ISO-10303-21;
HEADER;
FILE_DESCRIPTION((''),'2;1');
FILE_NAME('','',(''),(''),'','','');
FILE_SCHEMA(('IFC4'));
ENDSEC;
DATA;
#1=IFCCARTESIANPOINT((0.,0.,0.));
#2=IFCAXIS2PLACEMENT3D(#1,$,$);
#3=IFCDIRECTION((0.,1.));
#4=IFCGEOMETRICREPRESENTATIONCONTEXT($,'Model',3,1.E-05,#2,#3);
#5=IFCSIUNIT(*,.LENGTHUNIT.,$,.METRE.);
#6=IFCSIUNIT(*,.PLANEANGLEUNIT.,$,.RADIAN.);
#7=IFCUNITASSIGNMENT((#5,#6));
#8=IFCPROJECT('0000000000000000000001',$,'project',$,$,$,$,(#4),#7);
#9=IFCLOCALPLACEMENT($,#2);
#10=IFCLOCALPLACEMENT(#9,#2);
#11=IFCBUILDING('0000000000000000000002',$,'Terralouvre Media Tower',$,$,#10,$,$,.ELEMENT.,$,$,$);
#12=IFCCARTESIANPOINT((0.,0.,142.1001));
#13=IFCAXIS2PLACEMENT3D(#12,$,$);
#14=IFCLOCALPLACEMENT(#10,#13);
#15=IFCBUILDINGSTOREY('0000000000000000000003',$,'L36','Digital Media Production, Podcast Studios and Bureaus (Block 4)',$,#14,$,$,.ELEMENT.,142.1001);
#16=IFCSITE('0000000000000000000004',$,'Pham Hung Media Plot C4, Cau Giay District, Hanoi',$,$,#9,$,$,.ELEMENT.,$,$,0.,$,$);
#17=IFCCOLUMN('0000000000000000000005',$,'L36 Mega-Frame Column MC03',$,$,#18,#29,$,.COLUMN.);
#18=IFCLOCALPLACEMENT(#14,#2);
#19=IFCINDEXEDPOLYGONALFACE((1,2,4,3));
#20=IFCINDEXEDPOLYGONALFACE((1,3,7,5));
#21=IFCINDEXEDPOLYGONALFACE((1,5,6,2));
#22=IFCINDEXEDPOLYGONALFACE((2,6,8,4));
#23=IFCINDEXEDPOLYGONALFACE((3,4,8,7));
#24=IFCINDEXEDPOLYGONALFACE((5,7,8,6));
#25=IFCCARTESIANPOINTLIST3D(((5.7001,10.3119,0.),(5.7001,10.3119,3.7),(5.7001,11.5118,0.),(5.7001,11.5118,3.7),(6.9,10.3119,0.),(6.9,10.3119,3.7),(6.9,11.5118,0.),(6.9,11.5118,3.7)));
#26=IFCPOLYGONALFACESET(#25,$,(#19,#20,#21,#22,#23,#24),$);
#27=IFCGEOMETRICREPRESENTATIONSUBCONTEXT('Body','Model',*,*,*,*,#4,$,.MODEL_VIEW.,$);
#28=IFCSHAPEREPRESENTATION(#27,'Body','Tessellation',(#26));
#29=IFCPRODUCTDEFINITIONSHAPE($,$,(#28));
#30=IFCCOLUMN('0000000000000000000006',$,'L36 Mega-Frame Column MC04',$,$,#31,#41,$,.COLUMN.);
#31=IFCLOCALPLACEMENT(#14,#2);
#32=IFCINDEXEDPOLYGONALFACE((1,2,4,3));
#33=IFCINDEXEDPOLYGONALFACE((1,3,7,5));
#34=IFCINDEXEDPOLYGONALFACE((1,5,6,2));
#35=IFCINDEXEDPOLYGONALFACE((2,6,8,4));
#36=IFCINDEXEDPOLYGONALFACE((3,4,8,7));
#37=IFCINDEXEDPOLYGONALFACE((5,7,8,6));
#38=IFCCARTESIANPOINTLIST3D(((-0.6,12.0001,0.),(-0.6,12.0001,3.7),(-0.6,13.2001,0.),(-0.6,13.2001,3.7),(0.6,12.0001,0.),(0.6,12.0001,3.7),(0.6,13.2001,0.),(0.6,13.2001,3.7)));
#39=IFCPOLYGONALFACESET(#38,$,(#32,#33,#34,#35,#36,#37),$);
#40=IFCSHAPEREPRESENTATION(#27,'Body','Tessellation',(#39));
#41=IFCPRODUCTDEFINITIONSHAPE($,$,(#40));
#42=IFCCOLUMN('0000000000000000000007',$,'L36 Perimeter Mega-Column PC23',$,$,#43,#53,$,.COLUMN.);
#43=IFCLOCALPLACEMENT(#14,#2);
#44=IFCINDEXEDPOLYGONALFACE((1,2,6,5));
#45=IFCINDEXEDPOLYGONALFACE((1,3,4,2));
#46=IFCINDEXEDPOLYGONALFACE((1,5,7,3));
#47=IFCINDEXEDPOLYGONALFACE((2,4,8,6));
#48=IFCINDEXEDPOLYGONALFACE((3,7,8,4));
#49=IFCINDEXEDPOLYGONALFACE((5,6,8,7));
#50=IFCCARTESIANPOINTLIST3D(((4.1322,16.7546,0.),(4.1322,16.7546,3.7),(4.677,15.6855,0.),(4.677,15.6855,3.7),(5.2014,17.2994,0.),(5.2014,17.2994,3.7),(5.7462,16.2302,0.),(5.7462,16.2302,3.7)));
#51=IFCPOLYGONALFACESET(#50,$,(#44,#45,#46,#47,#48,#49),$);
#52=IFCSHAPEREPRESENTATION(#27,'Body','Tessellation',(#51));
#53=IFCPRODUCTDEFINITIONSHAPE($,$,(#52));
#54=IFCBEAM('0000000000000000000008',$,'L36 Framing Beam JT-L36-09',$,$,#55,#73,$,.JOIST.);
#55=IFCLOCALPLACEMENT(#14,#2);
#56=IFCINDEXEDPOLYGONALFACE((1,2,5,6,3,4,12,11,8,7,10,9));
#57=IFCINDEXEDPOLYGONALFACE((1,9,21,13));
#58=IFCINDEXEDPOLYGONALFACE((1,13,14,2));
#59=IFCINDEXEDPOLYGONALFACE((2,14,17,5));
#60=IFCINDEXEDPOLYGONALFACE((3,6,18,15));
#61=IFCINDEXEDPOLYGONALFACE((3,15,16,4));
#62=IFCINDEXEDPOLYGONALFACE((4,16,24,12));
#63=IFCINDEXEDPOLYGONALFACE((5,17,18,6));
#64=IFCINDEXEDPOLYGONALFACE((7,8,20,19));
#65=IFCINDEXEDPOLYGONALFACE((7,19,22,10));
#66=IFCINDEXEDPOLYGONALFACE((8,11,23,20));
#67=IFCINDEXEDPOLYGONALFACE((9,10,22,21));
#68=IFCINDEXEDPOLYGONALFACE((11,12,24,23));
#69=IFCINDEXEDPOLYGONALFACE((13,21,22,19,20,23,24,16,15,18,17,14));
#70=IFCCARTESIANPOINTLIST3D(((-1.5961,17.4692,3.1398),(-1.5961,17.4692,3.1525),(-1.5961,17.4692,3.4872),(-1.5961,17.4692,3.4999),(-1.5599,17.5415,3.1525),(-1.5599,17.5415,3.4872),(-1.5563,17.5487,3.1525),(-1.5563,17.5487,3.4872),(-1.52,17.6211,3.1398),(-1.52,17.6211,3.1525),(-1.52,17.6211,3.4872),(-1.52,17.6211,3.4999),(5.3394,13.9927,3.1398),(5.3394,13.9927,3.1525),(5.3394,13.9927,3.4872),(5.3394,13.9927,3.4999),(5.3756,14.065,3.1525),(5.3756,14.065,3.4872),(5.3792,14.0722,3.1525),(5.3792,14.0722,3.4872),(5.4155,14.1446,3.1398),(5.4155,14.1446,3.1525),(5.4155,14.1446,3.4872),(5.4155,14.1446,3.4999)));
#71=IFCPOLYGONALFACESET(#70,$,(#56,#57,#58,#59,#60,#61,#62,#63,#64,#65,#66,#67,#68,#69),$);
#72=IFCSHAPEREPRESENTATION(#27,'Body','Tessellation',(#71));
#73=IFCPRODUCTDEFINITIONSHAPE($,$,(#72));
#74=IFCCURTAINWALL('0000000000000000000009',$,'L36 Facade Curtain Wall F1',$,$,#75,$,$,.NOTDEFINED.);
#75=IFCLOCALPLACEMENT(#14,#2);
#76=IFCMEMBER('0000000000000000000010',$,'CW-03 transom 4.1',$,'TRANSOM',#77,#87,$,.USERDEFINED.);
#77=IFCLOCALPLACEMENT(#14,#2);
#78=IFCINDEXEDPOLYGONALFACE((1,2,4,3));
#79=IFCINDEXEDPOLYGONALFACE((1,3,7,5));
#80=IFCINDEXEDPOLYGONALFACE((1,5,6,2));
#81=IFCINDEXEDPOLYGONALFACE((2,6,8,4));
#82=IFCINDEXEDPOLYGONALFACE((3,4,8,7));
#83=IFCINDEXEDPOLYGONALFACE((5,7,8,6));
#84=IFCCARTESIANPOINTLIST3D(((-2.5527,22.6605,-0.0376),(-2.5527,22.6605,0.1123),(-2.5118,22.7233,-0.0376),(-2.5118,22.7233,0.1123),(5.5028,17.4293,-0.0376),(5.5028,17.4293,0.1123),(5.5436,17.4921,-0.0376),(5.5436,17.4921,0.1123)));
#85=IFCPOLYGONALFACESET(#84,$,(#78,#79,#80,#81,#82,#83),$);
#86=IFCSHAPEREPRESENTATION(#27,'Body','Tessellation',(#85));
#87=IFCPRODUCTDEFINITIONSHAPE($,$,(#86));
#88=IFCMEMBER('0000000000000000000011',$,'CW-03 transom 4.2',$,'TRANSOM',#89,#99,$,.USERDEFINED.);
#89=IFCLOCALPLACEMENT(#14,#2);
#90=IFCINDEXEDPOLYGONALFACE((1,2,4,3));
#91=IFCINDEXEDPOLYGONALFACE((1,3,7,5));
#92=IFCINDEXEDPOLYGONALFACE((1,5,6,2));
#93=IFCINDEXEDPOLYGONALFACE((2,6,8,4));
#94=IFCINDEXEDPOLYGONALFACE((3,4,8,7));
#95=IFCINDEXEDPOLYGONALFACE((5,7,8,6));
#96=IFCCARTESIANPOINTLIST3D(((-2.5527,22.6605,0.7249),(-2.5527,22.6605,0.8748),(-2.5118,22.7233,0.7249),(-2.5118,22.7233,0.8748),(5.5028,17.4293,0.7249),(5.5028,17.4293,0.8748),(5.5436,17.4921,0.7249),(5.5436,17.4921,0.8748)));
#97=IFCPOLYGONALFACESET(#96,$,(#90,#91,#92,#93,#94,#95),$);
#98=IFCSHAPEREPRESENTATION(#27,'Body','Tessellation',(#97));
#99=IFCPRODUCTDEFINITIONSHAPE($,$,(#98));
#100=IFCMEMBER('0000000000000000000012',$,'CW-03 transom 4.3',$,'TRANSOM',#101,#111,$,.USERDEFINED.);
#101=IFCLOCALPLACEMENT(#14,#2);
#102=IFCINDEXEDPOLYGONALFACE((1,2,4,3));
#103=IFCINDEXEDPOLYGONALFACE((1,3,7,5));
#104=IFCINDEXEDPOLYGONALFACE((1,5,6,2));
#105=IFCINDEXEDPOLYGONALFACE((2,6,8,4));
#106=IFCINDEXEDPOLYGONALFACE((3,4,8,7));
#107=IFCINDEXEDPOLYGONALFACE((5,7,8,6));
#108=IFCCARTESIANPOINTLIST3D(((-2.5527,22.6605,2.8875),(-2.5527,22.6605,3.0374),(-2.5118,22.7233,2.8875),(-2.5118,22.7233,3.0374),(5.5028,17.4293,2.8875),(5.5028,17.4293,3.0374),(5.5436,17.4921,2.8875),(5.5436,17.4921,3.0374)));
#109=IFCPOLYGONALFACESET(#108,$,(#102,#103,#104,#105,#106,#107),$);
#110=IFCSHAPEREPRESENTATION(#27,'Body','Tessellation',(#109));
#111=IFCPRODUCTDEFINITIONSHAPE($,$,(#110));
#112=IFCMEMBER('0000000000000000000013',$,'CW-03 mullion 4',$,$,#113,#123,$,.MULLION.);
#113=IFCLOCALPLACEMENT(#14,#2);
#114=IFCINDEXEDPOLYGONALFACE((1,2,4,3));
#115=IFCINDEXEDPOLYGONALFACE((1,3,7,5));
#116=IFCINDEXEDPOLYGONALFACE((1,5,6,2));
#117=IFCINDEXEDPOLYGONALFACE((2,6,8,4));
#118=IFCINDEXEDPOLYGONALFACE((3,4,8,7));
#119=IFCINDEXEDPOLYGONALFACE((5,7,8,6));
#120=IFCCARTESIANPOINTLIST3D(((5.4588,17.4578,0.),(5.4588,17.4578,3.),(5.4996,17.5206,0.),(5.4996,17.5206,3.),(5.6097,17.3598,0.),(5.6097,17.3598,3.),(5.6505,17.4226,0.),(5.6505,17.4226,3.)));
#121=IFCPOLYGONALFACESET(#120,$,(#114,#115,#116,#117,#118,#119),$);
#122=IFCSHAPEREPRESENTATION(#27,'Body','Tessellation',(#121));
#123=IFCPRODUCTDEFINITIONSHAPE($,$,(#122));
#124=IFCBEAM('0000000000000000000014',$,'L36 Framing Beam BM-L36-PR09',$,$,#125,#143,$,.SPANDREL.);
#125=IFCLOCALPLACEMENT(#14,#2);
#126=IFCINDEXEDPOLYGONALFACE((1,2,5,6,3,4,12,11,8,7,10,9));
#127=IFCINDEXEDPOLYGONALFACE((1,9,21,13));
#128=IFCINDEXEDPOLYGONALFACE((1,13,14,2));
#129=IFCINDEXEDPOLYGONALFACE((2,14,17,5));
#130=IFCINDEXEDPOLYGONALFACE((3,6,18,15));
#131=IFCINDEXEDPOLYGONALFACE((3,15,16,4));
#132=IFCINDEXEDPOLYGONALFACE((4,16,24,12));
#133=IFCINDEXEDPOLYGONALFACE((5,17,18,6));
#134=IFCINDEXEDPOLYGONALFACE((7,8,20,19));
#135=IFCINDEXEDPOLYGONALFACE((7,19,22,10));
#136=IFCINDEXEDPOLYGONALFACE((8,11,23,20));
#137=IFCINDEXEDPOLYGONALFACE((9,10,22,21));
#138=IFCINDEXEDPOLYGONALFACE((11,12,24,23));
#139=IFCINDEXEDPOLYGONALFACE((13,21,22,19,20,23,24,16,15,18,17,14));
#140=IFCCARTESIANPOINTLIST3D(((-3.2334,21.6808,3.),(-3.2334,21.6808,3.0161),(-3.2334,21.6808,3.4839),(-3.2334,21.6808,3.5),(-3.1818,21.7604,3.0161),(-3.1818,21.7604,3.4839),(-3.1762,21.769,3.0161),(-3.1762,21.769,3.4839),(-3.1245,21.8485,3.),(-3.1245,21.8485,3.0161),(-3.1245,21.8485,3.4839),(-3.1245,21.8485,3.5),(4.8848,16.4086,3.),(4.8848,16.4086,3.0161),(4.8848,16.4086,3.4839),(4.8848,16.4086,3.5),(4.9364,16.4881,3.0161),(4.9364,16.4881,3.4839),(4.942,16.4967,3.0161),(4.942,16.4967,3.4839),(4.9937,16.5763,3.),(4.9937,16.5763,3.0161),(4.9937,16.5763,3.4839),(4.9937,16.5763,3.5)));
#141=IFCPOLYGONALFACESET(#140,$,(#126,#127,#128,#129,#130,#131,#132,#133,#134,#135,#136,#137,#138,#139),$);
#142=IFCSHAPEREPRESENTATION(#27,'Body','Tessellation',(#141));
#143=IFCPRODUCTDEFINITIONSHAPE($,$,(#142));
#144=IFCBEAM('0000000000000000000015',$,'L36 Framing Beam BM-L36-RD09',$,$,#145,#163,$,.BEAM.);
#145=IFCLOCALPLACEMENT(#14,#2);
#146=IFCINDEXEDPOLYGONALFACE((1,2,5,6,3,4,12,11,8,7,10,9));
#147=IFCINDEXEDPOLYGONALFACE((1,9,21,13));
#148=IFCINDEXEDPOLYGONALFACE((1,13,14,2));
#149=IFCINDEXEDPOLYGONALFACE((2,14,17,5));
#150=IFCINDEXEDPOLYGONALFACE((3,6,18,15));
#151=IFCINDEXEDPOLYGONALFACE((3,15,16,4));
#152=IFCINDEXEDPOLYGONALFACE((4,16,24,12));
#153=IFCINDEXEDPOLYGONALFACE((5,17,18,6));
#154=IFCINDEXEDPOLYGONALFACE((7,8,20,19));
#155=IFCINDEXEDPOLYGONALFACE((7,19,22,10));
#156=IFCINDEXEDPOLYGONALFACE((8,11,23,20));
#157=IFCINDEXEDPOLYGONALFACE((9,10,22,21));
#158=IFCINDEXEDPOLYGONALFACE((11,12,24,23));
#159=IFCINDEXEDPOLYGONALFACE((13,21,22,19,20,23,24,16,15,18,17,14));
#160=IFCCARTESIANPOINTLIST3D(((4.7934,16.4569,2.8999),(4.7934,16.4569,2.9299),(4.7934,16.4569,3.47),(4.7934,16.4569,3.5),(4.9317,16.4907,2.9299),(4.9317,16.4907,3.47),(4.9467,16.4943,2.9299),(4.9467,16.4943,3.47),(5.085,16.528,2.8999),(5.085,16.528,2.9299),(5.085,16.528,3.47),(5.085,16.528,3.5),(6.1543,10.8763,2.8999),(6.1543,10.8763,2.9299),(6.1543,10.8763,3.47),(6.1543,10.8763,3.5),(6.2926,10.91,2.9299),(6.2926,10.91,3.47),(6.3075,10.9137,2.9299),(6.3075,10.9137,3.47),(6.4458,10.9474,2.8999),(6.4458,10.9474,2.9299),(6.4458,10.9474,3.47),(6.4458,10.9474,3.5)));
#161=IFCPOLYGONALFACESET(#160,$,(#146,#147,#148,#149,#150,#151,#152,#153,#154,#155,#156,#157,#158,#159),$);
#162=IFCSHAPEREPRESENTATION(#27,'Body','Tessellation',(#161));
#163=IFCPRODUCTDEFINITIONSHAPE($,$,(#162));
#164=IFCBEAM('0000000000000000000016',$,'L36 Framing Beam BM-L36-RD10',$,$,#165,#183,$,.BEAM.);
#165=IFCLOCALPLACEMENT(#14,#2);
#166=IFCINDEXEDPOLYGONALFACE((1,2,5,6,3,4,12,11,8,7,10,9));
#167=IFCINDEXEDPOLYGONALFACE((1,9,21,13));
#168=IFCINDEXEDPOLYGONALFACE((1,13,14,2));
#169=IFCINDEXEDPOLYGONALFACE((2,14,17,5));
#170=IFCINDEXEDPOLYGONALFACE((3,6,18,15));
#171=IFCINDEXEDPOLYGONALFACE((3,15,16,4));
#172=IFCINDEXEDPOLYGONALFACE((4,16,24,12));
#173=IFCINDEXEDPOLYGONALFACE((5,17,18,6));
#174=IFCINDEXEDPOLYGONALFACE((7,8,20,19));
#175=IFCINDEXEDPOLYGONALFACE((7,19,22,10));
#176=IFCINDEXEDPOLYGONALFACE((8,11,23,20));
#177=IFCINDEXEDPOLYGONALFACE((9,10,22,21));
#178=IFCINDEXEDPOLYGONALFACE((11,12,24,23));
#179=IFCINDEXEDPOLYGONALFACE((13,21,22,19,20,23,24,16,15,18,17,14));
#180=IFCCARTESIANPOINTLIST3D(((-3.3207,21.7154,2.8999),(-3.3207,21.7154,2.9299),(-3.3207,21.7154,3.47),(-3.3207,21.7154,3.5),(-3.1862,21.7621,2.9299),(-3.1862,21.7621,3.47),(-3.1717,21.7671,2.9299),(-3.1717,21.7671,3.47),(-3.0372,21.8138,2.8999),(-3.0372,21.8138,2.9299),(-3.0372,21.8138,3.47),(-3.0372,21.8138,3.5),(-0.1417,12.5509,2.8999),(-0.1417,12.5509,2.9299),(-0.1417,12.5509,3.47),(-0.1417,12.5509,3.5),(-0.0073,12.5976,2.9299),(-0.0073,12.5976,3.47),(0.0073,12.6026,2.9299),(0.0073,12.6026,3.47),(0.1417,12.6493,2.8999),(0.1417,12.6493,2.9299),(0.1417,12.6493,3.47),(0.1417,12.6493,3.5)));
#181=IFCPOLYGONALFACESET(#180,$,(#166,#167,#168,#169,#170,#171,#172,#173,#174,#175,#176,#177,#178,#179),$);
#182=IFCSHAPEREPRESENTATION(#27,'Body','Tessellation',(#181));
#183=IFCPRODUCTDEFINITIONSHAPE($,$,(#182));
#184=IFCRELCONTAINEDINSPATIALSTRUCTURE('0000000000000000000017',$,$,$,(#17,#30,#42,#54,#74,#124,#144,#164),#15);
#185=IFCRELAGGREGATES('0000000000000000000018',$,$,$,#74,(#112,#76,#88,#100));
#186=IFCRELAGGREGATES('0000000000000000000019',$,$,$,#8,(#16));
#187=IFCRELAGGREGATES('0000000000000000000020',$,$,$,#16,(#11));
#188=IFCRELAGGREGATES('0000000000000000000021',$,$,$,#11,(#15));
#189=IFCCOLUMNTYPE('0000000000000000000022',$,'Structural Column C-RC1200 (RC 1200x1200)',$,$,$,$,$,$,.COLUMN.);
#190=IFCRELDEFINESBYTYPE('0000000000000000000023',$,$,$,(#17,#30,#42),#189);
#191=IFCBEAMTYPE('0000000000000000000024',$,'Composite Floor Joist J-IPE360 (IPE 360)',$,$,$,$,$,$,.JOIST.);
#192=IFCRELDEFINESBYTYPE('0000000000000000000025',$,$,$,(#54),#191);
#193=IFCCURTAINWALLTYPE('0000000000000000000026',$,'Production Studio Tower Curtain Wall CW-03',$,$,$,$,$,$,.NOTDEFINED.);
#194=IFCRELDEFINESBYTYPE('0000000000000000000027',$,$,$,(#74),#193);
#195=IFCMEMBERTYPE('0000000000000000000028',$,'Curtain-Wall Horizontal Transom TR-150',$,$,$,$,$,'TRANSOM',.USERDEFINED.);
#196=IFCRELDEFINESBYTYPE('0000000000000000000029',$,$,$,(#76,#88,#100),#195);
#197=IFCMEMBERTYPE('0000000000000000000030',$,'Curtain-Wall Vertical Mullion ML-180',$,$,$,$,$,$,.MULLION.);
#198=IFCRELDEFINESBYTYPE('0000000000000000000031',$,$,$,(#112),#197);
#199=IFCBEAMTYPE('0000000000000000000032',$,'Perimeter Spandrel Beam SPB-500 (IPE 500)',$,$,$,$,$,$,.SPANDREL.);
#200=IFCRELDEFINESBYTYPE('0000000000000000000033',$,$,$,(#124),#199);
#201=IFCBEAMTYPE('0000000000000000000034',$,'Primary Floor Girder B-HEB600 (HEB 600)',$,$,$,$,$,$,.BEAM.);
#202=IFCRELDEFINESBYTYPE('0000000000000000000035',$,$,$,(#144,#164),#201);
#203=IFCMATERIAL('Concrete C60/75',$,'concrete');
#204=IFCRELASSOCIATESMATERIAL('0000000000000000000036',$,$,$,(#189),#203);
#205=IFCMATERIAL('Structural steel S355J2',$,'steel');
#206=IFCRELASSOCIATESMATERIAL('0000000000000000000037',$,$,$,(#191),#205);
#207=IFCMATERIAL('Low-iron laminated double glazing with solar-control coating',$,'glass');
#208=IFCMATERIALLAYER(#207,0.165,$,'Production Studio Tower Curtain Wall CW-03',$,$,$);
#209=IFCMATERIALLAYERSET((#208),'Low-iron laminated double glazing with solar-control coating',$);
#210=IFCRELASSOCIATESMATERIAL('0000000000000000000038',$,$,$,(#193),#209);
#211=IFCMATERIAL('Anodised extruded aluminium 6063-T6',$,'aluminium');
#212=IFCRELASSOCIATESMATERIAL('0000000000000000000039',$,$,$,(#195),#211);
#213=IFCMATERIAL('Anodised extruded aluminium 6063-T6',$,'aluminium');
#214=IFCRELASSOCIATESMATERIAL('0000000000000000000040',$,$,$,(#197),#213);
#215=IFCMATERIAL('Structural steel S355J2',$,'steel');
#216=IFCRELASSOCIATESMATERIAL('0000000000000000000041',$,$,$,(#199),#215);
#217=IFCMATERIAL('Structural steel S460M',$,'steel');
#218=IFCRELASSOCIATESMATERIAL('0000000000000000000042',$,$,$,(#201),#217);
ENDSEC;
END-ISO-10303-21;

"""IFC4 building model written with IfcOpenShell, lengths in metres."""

from ifc_helpers import new_model, si_unit, direction, frame, origin, origin_2d, place, context, subcontext, project, spatial, rectangle, i_section, extrude, material, layer, layer_set, material_profile, profile_set, type_object, element, aggregate, save


model = new_model("IFC4")

# Units and contexts
model_context = context("Model", 3, precision=1e-05, world=origin(), true_north=direction((0.0, 1.0)))
body_context = subcontext(model_context, "Body", "Model", "MODEL_VIEW")
ifc_project = project(units=[si_unit("LENGTHUNIT", "METRE"), si_unit("PLANEANGLEUNIT", "RADIAN")], contexts=[model_context])

# Site, building, storey
site_placement = place(None, origin())
site = spatial("IfcSite", under=ifc_project, at=site_placement, Name="Pham Hung Media Plot C4, Cau Giay District, Hanoi", CompositionType="ELEMENT", RefElevation=0.0)
building_placement = place(site_placement, origin())
building = spatial("IfcBuilding", under=site, at=building_placement, Name="Terralouvre Media Tower", CompositionType="ELEMENT")
storey_placement = place(building_placement, frame((0.0, 0.0, 142.1001)))
storey = spatial("IfcBuildingStorey", under=building, at=storey_placement, Name="L36", Description="Digital Media Production, Podcast Studios and Bureaus (Block 4)", CompositionType="ELEMENT", Elevation=142.1001)

# Columns
ifc_material_1 = material(Name="Concrete C60/75", Category="concrete")
ifc_material_profile_1 = material_profile(ifc_material_1, rectangle(XDim=1.2, YDim=1.2, at=origin_2d()), Name="RC 1200x1200")
ifc_profile_set_1 = profile_set([ifc_material_profile_1], Name="Concrete C60/75")
column_type = type_object("IfcColumnType", Name="Structural Column C-RC1200 (RC 1200x1200)", PredefinedType="COLUMN", material=ifc_profile_set_1)
for number, where, z_axis, x_axis, name in (
    (1, (6.3, 10.9119, 0.0), (0.0, 0.0, 1.0), (1.0, 0.0, 0.0), "L36 Mega-Frame Column MC03"),
    (2, (0.0, 12.6001, 0.0), (0.0, 0.0, 1.0), (1.0, 0.0, 0.0), "L36 Mega-Frame Column MC04"),
    (3, (4.9392, 16.4924, 0.0), (0.0, 0.0, 1.0), (0.891007, 0.45399, 0.0), "L36 Perimeter Mega-Column PC23"),
):
    element("IfcColumn", number, at=place(storey_placement, frame(where, z_axis=z_axis, x_axis=x_axis)), inside=storey, type_object=column_type, Name=name, PredefinedType="COLUMN", context=body_context, shape_type="SweptSolid", body=[
        extrude(rectangle(XDim=1.2, YDim=1.2, at=origin_2d()), origin(), (0.0, 0.0, 1.0), 3.7),
    ])

# Beam
ifc_material_2 = material(Name="Structural steel S355J2", Category="steel")
ifc_material_profile_2 = material_profile(ifc_material_2, i_section(OverallWidth=0.1699, OverallDepth=0.3601, WebThickness=0.0081, FlangeThickness=0.0127, at=origin_2d()), Name="IPE 360")
ifc_profile_set_2 = profile_set([ifc_material_profile_2], Name="Structural steel S355J2")
beam_type_1 = type_object("IfcBeamType", Name="Composite Floor Joist J-IPE360 (IPE 360)", PredefinedType="JOIST", material=ifc_profile_set_2)
beam_1_placement = place(storey_placement, frame((5.3774, 14.0686, 3.3198), z_axis=(-0.893974, 0.44812, 0.0), x_axis=(-0.44812, -0.893974, 0.0)))
element("IfcBeam", 4, at=beam_1_placement, inside=storey, type_object=beam_type_1, Name="L36 Framing Beam JT-L36-09", PredefinedType="JOIST", context=body_context, shape_type="SweptSolid", body=[
    extrude(i_section(OverallWidth=0.1699, OverallDepth=0.3601, WebThickness=0.0081, FlangeThickness=0.0127, at=origin_2d()), origin(), (0.0, 0.0, 1.0), 7.7581),
])

# Curtain wall, members
ifc_material_3 = material(Name="Low-iron laminated double glazing with solar-control coating", Category="glass")
ifc_layer_1 = layer(ifc_material_3, 0.165, Name="Production Studio Tower Curtain Wall CW-03")
ifc_layer_set_1 = layer_set([ifc_layer_1], Name="Low-iron laminated double glazing with solar-control coating")
curtain_wall_type = type_object("IfcCurtainWallType", Name="Production Studio Tower Curtain Wall CW-03", PredefinedType="NOTDEFINED", material=ifc_layer_set_1)
curtain_wall_placement = place(storey_placement, origin())
curtain_wall = element("IfcCurtainWall", 5, at=curtain_wall_placement, inside=storey, type_object=curtain_wall_type, Name="L36 Facade Curtain Wall F1", PredefinedType="NOTDEFINED")
ifc_material_4 = material(Name="Anodised extruded aluminium 6063-T6", Category="aluminium")
ifc_material_profile_3 = material_profile(ifc_material_4, rectangle(XDim=0.075, YDim=0.1499, at=origin_2d()), Name="ALU 75x150")
ifc_profile_set_3 = profile_set([ifc_material_profile_3], Name="Anodised extruded aluminium 6063-T6")
member_type_1 = type_object("IfcMemberType", Name="Curtain-Wall Horizontal Transom TR-150", ElementType="TRANSOM", PredefinedType="USERDEFINED", material=ifc_profile_set_3)
member_1_placement = place(storey_placement, frame((5.5232, 17.4607, 0.0374), z_axis=(-0.838673, 0.544635, 0.0), x_axis=(-0.544635, -0.838673, 0.0)))
member_1 = element("IfcMember", 6, at=member_1_placement, type_object=member_type_1, Name="CW-03 transom 4.1", ObjectType="TRANSOM", PredefinedType="USERDEFINED", context=body_context, shape_type="SweptSolid", body=[
    extrude(rectangle(XDim=0.075, YDim=0.1499, at=origin_2d()), origin(), (0.0, 0.0, 1.0), 9.605),
])
member_2_placement = place(storey_placement, frame((5.5232, 17.4607, 0.7998), z_axis=(-0.838673, 0.544635, 0.0), x_axis=(-0.544635, -0.838673, 0.0)))
member_2 = element("IfcMember", 7, at=member_2_placement, type_object=member_type_1, Name="CW-03 transom 4.2", ObjectType="TRANSOM", PredefinedType="USERDEFINED", context=body_context, shape_type="SweptSolid", body=[
    extrude(rectangle(XDim=0.075, YDim=0.1499, at=origin_2d()), origin(), (0.0, 0.0, 1.0), 9.605),
])
member_3_placement = place(storey_placement, frame((5.5232, 17.4607, 2.9624), z_axis=(-0.838673, 0.544635, 0.0), x_axis=(-0.544635, -0.838673, 0.0)))
member_3 = element("IfcMember", 8, at=member_3_placement, type_object=member_type_1, Name="CW-03 transom 4.3", ObjectType="TRANSOM", PredefinedType="USERDEFINED", context=body_context, shape_type="SweptSolid", body=[
    extrude(rectangle(XDim=0.075, YDim=0.1499, at=origin_2d()), origin(), (0.0, 0.0, 1.0), 9.605),
])
ifc_material_5 = material(Name="Anodised extruded aluminium 6063-T6", Category="aluminium")
ifc_material_profile_4 = material_profile(ifc_material_5, rectangle(XDim=0.075, YDim=0.1799, at=origin_2d()), Name="ALU 75x180")
ifc_profile_set_4 = profile_set([ifc_material_profile_4], Name="Anodised extruded aluminium 6063-T6")
member_type_2 = type_object("IfcMemberType", Name="Curtain-Wall Vertical Mullion ML-180", PredefinedType="MULLION", material=ifc_profile_set_4)
member_4_placement = place(storey_placement, frame((5.5547, 17.4402, 0.0), z_axis=(0.0, 0.0, 1.0), x_axis=(-0.544639, -0.838671, 0.0)))
member_4 = element("IfcMember", 9, at=member_4_placement, type_object=member_type_2, Name="CW-03 mullion 4", PredefinedType="MULLION", context=body_context, shape_type="SweptSolid", body=[
    extrude(rectangle(XDim=0.075, YDim=0.1799, at=origin_2d()), origin(), (0.0, 0.0, 1.0), 3.0),
])

# Beams
ifc_material_6 = material(Name="Structural steel S355J2", Category="steel")
ifc_material_profile_5 = material_profile(ifc_material_6, i_section(OverallWidth=0.2, OverallDepth=0.5, WebThickness=0.0103, FlangeThickness=0.0161, at=origin_2d()), Name="IPE 500")
ifc_profile_set_5 = profile_set([ifc_material_profile_5], Name="Structural steel S355J2")
beam_type_2 = type_object("IfcBeamType", Name="Perimeter Spandrel Beam SPB-500 (IPE 500)", PredefinedType="SPANDREL", material=ifc_profile_set_5)
beam_2_placement = place(storey_placement, frame((4.9392, 16.4924, 3.25), z_axis=(-0.83866, 0.544655, 0.0), x_axis=(-0.544655, -0.83866, 0.0)))
element("IfcBeam", 10, at=beam_2_placement, inside=storey, type_object=beam_type_2, Name="L36 Framing Beam BM-L36-PR09", PredefinedType="SPANDREL", context=body_context, shape_type="SweptSolid", body=[
    extrude(i_section(OverallWidth=0.2, OverallDepth=0.5, WebThickness=0.0103, FlangeThickness=0.0161, at=origin_2d()), origin(), (0.0, 0.0, 1.0), 9.6799),
])
ifc_material_7 = material(Name="Structural steel S460M", Category="steel")
ifc_material_profile_6 = material_profile(ifc_material_7, i_section(OverallWidth=0.3, OverallDepth=0.6001, WebThickness=0.0154, FlangeThickness=0.03, at=origin_2d()), Name="HEB 600")
ifc_profile_set_6 = profile_set([ifc_material_profile_6], Name="Structural steel S460M")
beam_type_3 = type_object("IfcBeamType", Name="Primary Floor Girder B-HEB600 (HEB 600)", PredefinedType="BEAM", material=ifc_profile_set_6)
beam_3_placement = place(storey_placement, frame((6.3, 10.9119, 3.2), z_axis=(-0.236911, 0.971531, 0.0), x_axis=(-0.971531, -0.236911, 0.0)))
element("IfcBeam", 11, at=beam_3_placement, inside=storey, type_object=beam_type_3, Name="L36 Framing Beam BM-L36-RD09", PredefinedType="BEAM", context=body_context, shape_type="SweptSolid", body=[
    extrude(i_section(OverallWidth=0.3, OverallDepth=0.6001, WebThickness=0.0154, FlangeThickness=0.03, at=origin_2d()), origin(), (0.0, 0.0, 1.0), 5.7441),
])
beam_4_placement = place(storey_placement, frame((0.0, 12.6001, 3.2), z_axis=(-0.327719, 0.944775, 0.0), x_axis=(-0.944775, -0.327719, 0.0)))
element("IfcBeam", 12, at=beam_4_placement, inside=storey, type_object=beam_type_3, Name="L36 Framing Beam BM-L36-RD10", PredefinedType="BEAM", context=body_context, shape_type="SweptSolid", body=[
    extrude(i_section(OverallWidth=0.3, OverallDepth=0.6001, WebThickness=0.0154, FlangeThickness=0.03, at=origin_2d()), origin(), (0.0, 0.0, 1.0), 9.7002),
])

aggregate(curtain_wall, [member_4, member_1, member_2, member_3])

save(model, "model.ifc")
